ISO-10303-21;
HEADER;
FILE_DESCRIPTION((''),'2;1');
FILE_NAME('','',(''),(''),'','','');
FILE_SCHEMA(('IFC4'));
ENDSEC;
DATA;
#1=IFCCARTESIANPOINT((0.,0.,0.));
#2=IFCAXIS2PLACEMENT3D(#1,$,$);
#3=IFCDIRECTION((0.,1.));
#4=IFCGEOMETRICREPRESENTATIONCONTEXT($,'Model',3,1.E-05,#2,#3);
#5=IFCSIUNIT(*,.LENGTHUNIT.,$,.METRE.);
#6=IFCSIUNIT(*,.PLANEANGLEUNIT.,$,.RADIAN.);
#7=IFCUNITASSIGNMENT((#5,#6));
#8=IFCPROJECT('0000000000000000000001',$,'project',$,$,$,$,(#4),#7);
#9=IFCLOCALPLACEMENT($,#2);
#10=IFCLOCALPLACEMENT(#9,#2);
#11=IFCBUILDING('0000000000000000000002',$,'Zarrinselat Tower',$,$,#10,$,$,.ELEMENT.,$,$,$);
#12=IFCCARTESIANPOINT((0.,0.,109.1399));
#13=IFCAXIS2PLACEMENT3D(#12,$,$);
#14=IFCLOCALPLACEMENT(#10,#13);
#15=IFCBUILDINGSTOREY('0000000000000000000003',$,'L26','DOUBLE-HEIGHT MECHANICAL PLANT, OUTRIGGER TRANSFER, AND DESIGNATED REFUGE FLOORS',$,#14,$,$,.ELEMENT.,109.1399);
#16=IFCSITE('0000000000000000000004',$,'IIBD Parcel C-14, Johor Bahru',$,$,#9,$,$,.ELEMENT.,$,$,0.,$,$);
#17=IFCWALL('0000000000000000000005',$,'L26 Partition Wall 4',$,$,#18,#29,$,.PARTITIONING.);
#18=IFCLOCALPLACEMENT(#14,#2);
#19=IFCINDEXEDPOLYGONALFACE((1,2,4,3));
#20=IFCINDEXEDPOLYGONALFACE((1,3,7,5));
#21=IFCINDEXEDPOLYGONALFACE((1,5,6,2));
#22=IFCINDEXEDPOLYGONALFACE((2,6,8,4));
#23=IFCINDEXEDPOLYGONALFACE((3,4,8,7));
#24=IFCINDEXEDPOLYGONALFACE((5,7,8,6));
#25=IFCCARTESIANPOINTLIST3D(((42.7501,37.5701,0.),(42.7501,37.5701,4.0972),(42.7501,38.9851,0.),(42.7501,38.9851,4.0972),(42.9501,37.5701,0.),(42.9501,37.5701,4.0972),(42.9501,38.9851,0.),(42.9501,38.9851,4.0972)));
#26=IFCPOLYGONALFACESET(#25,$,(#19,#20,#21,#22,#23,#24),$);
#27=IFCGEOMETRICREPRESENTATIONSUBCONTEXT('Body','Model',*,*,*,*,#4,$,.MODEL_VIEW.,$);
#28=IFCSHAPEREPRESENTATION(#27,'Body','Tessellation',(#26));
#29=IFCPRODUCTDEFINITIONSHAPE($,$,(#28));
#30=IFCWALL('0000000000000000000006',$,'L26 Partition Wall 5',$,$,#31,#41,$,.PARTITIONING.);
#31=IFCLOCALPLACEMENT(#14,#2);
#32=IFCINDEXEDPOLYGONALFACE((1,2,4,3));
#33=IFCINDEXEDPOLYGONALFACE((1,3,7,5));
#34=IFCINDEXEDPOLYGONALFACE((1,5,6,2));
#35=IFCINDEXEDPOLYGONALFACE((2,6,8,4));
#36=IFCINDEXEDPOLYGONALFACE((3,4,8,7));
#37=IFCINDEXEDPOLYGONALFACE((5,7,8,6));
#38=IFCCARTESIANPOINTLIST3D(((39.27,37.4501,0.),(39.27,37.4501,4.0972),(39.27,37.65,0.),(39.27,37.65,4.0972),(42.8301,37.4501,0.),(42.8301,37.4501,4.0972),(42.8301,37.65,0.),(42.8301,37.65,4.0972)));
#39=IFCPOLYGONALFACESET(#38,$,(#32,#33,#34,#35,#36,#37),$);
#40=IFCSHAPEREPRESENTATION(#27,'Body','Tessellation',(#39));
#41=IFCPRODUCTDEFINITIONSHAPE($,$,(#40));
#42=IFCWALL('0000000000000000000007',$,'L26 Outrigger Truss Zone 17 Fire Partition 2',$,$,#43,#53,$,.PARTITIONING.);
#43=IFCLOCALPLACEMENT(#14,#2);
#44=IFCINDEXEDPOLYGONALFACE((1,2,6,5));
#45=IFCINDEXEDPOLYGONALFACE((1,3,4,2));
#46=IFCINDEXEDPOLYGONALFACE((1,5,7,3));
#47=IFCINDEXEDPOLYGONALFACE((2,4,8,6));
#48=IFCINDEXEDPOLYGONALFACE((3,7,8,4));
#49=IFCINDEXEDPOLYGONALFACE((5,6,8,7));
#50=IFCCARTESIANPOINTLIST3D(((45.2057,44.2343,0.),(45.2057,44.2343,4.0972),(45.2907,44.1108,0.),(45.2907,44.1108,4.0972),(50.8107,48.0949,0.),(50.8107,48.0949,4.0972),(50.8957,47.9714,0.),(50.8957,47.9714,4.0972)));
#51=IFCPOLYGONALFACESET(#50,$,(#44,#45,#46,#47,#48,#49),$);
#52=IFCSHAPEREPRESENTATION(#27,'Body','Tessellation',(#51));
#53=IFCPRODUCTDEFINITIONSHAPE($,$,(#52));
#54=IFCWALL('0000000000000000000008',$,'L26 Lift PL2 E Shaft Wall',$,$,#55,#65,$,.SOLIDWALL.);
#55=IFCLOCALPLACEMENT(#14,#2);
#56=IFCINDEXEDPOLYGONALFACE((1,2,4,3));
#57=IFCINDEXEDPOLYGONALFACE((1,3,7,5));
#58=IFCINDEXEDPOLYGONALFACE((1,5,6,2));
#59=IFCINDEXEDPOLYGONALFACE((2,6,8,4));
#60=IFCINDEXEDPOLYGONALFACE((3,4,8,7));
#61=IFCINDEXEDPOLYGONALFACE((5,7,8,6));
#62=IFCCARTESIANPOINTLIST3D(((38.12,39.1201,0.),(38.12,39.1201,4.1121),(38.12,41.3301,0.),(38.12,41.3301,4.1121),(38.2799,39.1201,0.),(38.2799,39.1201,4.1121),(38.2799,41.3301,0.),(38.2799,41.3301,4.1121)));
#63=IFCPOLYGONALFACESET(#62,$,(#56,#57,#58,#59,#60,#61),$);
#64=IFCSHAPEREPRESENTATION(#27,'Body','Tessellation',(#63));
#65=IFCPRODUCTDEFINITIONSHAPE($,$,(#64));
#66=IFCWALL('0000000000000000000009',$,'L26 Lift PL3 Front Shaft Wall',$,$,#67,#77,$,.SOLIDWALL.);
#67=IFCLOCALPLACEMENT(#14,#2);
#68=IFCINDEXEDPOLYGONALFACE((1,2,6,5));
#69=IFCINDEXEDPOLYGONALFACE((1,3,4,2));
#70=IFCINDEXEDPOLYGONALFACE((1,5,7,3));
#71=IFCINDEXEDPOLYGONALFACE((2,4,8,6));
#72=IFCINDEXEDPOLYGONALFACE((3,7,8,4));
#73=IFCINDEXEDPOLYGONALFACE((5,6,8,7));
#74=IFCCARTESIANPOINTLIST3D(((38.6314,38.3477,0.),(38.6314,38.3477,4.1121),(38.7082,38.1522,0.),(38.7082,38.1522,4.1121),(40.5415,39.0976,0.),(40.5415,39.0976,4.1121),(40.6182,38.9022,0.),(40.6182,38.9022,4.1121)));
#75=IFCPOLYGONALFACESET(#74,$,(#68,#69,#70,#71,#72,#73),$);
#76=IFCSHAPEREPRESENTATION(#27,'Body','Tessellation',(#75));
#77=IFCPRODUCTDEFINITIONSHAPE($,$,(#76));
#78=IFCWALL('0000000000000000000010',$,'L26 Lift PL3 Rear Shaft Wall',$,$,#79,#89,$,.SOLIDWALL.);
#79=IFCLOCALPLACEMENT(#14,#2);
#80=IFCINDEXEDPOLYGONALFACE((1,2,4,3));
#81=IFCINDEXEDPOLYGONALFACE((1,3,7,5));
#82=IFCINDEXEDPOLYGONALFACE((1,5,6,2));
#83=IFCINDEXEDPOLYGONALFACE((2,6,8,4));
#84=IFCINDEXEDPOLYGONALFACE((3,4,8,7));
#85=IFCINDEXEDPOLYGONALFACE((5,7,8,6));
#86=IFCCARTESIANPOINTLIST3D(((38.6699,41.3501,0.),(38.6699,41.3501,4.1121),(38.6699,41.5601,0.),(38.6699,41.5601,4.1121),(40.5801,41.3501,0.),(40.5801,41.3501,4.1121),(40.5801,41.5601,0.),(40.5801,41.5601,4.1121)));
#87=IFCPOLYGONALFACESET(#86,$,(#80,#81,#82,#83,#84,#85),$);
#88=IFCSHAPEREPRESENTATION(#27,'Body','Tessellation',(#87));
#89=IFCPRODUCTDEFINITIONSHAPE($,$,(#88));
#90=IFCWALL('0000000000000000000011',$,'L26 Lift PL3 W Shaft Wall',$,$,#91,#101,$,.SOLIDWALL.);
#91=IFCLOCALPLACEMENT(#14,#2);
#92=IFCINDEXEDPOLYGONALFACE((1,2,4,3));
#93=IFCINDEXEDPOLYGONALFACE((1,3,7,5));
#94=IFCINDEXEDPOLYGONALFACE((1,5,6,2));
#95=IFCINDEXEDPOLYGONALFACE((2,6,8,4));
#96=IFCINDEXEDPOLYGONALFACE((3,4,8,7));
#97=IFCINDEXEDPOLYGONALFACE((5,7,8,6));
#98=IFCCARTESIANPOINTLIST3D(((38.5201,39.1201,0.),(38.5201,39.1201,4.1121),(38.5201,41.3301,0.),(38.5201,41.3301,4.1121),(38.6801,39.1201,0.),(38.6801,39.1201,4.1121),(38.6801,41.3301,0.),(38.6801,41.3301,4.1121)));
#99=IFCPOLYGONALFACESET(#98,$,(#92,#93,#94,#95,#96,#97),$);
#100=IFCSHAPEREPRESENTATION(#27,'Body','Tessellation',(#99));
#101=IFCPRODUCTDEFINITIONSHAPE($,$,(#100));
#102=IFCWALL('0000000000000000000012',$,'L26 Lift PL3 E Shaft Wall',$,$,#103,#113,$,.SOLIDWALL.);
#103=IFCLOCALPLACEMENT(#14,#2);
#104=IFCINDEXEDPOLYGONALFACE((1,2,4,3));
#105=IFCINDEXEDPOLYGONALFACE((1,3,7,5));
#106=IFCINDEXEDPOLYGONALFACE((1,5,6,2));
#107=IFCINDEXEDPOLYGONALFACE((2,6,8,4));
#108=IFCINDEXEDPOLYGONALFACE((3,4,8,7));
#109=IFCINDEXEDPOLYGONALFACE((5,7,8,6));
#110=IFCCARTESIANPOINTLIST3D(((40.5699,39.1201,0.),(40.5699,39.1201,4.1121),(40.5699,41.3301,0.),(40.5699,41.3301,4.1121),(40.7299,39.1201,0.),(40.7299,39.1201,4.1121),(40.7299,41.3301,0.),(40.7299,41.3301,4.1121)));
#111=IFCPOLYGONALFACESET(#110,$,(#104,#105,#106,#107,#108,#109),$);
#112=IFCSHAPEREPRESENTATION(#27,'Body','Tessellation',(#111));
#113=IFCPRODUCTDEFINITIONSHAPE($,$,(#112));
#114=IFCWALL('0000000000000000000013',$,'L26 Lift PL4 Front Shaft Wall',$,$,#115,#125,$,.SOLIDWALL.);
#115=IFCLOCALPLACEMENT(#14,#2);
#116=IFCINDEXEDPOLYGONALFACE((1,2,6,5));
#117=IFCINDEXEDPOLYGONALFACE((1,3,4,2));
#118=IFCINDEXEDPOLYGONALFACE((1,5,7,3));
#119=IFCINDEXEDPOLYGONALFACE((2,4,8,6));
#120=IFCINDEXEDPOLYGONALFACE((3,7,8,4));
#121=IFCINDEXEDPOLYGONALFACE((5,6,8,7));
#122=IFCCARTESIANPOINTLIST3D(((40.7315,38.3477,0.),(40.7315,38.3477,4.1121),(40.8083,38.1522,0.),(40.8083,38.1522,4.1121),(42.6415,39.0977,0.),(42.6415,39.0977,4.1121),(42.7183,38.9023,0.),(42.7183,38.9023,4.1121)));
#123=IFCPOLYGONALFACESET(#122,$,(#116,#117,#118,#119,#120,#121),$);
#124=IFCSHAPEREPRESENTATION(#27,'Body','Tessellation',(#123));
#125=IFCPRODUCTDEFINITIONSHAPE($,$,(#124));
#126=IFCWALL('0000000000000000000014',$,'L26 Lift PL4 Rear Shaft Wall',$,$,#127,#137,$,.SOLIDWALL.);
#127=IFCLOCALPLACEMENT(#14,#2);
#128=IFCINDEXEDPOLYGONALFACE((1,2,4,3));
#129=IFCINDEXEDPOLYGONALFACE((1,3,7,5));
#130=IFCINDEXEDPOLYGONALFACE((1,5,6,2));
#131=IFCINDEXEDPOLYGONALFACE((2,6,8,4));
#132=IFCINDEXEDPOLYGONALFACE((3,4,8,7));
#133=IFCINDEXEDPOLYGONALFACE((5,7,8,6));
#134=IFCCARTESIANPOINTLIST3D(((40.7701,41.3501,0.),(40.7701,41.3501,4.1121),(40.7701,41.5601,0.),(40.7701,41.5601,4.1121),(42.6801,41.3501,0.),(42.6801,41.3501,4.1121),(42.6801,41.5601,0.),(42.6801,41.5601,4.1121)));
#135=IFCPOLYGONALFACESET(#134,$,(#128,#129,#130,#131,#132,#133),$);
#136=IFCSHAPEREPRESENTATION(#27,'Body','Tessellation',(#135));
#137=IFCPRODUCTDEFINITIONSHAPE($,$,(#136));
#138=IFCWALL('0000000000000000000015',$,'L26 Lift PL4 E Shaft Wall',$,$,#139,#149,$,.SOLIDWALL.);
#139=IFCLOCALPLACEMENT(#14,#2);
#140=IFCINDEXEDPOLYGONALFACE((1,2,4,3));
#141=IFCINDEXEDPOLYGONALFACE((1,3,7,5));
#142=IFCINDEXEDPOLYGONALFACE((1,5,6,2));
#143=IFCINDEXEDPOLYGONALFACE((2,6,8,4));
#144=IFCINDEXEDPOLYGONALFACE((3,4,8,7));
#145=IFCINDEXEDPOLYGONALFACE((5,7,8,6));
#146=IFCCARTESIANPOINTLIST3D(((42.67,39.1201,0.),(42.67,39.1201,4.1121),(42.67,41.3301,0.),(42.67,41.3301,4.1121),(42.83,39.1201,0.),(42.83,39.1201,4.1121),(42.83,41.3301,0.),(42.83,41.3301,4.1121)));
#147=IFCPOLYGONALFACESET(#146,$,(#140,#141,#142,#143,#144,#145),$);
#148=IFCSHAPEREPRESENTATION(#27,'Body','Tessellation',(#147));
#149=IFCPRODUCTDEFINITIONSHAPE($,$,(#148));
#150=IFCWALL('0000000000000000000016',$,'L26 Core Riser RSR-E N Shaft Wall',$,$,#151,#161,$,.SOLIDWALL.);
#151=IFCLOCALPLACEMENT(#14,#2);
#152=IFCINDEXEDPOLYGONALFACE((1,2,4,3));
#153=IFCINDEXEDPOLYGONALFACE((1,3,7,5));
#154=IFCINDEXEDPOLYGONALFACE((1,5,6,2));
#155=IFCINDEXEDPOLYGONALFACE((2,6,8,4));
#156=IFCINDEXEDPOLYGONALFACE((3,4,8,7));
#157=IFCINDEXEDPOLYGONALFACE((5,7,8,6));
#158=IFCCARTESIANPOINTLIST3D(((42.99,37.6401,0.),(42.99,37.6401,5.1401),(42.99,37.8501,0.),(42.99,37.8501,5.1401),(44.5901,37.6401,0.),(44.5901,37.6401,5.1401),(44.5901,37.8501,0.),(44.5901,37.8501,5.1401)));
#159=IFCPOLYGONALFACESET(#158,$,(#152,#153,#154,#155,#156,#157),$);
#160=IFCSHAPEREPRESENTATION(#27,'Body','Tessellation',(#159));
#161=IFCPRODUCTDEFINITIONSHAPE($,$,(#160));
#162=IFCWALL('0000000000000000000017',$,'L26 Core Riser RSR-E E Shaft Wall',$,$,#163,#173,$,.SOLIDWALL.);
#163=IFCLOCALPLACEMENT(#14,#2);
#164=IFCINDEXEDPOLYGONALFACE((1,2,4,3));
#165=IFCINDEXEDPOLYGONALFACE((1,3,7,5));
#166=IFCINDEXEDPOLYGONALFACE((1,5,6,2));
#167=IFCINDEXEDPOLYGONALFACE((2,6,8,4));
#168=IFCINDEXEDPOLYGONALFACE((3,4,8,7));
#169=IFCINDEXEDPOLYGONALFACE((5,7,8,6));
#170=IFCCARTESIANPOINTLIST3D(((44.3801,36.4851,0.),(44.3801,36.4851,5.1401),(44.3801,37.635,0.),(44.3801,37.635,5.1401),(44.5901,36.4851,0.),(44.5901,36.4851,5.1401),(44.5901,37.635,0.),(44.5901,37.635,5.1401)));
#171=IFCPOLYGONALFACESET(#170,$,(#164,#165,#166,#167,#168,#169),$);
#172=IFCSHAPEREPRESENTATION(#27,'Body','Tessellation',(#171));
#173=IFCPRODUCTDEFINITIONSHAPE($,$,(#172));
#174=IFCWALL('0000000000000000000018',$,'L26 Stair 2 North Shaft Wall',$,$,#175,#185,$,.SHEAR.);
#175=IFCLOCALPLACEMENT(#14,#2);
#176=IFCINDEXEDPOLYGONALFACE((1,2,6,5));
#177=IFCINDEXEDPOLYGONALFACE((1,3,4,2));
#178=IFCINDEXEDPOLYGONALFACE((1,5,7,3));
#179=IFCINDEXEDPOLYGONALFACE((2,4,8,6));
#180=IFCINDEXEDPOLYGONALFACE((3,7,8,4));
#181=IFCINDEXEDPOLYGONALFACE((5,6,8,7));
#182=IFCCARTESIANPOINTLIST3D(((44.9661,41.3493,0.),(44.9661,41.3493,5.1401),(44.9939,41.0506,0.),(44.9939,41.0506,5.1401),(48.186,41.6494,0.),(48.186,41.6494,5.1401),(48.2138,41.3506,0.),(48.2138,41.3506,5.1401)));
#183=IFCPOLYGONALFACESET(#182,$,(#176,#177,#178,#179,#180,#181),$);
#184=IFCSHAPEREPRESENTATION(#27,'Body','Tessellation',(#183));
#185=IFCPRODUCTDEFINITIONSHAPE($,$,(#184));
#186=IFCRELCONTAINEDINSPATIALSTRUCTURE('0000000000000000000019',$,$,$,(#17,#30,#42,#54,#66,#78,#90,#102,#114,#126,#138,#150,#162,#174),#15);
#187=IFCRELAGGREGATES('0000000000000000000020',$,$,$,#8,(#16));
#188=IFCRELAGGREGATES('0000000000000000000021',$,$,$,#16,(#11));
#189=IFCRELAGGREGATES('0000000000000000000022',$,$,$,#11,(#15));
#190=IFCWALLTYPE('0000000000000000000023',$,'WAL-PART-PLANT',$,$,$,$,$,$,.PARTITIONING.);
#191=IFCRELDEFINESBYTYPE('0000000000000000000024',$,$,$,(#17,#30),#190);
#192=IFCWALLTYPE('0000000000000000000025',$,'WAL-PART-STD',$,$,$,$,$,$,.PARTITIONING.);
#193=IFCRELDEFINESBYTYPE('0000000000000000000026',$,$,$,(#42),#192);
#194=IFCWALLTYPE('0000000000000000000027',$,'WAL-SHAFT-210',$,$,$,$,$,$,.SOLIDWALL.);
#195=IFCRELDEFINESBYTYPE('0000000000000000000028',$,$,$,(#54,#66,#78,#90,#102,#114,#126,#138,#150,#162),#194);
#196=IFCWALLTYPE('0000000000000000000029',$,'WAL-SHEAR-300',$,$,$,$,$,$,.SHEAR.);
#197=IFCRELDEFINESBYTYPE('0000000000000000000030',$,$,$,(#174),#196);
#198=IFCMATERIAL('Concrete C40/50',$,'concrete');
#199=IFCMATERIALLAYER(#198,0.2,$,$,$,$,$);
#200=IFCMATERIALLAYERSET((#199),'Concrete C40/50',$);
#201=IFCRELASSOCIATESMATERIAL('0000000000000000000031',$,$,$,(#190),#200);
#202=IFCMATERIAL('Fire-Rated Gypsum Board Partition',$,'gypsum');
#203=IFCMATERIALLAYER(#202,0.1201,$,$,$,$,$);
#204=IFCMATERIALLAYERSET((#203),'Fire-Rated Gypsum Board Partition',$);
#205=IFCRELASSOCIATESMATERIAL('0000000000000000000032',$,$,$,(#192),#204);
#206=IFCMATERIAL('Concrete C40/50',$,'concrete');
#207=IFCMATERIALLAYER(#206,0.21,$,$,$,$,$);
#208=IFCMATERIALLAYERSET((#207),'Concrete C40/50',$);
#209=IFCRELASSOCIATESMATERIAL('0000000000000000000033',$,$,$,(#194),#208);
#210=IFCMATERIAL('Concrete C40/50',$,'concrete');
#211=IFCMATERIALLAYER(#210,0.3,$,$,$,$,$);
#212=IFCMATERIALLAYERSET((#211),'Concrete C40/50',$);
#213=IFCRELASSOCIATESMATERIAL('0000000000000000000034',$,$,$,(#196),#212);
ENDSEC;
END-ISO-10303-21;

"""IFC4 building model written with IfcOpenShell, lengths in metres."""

from ifc_helpers import new_model, si_unit, direction, frame, frame_2d, origin, place, context, subcontext, project, spatial, rectangle, extrude, material, layer, layer_set, type_object, element, save


model = new_model("IFC4")

# Units and contexts
model_context = context("Model", 3, precision=1e-05, world=origin(), true_north=direction((0.0, 1.0)))
body_context = subcontext(model_context, "Body", "Model", "MODEL_VIEW")
ifc_project = project(units=[si_unit("LENGTHUNIT", "METRE"), si_unit("PLANEANGLEUNIT", "RADIAN")], contexts=[model_context])

# Site, building, storey
site_placement = place(None, origin())
site = spatial("IfcSite", under=ifc_project, at=site_placement, Name="IIBD Parcel C-14, Johor Bahru", CompositionType="ELEMENT", RefElevation=0.0)
building_placement = place(site_placement, origin())
building = spatial("IfcBuilding", under=site, at=building_placement, Name="Zarrinselat Tower", CompositionType="ELEMENT")
storey_placement = place(building_placement, frame((0.0, 0.0, 109.1399)))
storey = spatial("IfcBuildingStorey", under=building, at=storey_placement, Name="L26", Description="DOUBLE-HEIGHT MECHANICAL PLANT, OUTRIGGER TRANSFER, AND DESIGNATED REFUGE FLOORS", CompositionType="ELEMENT", Elevation=109.1399)

# Walls
ifc_material_1 = material(Name="Concrete C40/50", Category="concrete")
ifc_layer_1 = layer(ifc_material_1, 0.2)
ifc_layer_set_1 = layer_set([ifc_layer_1], Name="Concrete C40/50")
wall_type_1 = type_object("IfcWallType", Name="WAL-PART-PLANT", PredefinedType="PARTITIONING", material=ifc_layer_set_1)
wall_1_placement = place(storey_placement, frame((42.8501, 37.5701, 0.0), z_axis=(0.0, 0.0, 1.0), x_axis=(0.0, 1.0, 0.0)))
element("IfcWall", 1, at=wall_1_placement, inside=storey, type_object=wall_type_1, Name="L26 Partition Wall 4", PredefinedType="PARTITIONING", context=body_context, shape_type="SweptSolid", body=[
    extrude(rectangle(XDim=1.415, YDim=0.2, at=frame_2d((0.7075, 0.0))), origin(), (0.0, 0.0, 1.0), 4.0972),
])
wall_2_placement = place(storey_placement, frame((39.27, 37.55, 0.0), z_axis=(0.0, 0.0, 1.0), x_axis=(1.0, 0.0, 0.0)))
element("IfcWall", 2, at=wall_2_placement, inside=storey, type_object=wall_type_1, Name="L26 Partition Wall 5", PredefinedType="PARTITIONING", context=body_context, shape_type="SweptSolid", body=[
    extrude(rectangle(XDim=3.5601, YDim=0.2, at=frame_2d((1.78, 0.0))), origin(), (0.0, 0.0, 1.0), 4.0972),
])
ifc_material_2 = material(Name="Fire-Rated Gypsum Board Partition", Category="gypsum")
ifc_layer_2 = layer(ifc_material_2, 0.1201)
ifc_layer_set_2 = layer_set([ifc_layer_2], Name="Fire-Rated Gypsum Board Partition")
wall_type_2 = type_object("IfcWallType", Name="WAL-PART-STD", PredefinedType="PARTITIONING", material=ifc_layer_set_2)
wall_3_placement = place(storey_placement, frame((45.2483, 44.1726, 0.0), z_axis=(0.0, 0.0, 1.0), x_axis=(0.82355, 0.567244, 0.0)))
element("IfcWall", 3, at=wall_3_placement, inside=storey, type_object=wall_type_2, Name="L26 Outrigger Truss Zone 17 Fire Partition 2", PredefinedType="PARTITIONING", context=body_context, shape_type="SweptSolid", body=[
    extrude(rectangle(XDim=6.8059, YDim=0.1499, at=frame_2d((3.4028, 0.0))), origin(), (0.0, 0.0, 1.0), 4.0972),
])
ifc_material_3 = material(Name="Concrete C40/50", Category="concrete")
ifc_layer_3 = layer(ifc_material_3, 0.21)
ifc_layer_set_3 = layer_set([ifc_layer_3], Name="Concrete C40/50")
wall_type_3 = type_object("IfcWallType", Name="WAL-SHAFT-210", PredefinedType="SOLIDWALL", material=ifc_layer_set_3)
wall_4_placement = place(storey_placement, frame((38.2, 39.1201, 0.0), z_axis=(0.0, 0.0, 1.0), x_axis=(0.0, 1.0, 0.0)))
element("IfcWall", 4, at=wall_4_placement, inside=storey, type_object=wall_type_3, Name="L26 Lift PL2 E Shaft Wall", PredefinedType="SOLIDWALL", context=body_context, shape_type="SweptSolid", body=[
    extrude(rectangle(XDim=2.21, YDim=0.1599, at=frame_2d((1.105, 0.0))), origin(), (0.0, 0.0, 1.0), 4.1121),
])
wall_5_placement = place(storey_placement, frame((38.6699, 38.25, 0.0), z_axis=(0.0, 0.0, 1.0), x_axis=(0.930821, 0.365476, 0.0)))
element("IfcWall", 5, at=wall_5_placement, inside=storey, type_object=wall_type_3, Name="L26 Lift PL3 Front Shaft Wall", PredefinedType="SOLIDWALL", context=body_context, shape_type="SweptSolid", body=[
    extrude(rectangle(XDim=2.052, YDim=0.21, at=frame_2d((1.0259, 0.0))), origin(), (0.0, 0.0, 1.0), 4.1121),
])
wall_6_placement = place(storey_placement, frame((38.6699, 41.4551, 0.0), z_axis=(0.0, 0.0, 1.0), x_axis=(1.0, 0.0, 0.0)))
element("IfcWall", 6, at=wall_6_placement, inside=storey, type_object=wall_type_3, Name="L26 Lift PL3 Rear Shaft Wall", PredefinedType="SOLIDWALL", context=body_context, shape_type="SweptSolid", body=[
    extrude(rectangle(XDim=1.9102, YDim=0.21, at=frame_2d((0.9551, 0.0))), origin(), (0.0, 0.0, 1.0), 4.1121),
])
for number, where, z_axis, x_axis, name in (
    (7, (38.6001, 39.1201, 0.0), (0.0, 0.0, 1.0), (0.0, 1.0, 0.0), "L26 Lift PL3 W Shaft Wall"),
    (8, (40.6499, 39.1201, 0.0), (0.0, 0.0, 1.0), (0.0, 1.0, 0.0), "L26 Lift PL3 E Shaft Wall"),
):
    element("IfcWall", number, at=place(storey_placement, frame(where, z_axis=z_axis, x_axis=x_axis)), inside=storey, type_object=wall_type_3, Name=name, PredefinedType="SOLIDWALL", context=body_context, shape_type="SweptSolid", body=[
        extrude(rectangle(XDim=2.21, YDim=0.1599, at=frame_2d((1.105, 0.0))), origin(), (0.0, 0.0, 1.0), 4.1121),
    ])
wall_7_placement = place(storey_placement, frame((40.77, 38.25, 0.0), z_axis=(0.0, 0.0, 1.0), x_axis=(0.930805, 0.365516, 0.0)))
element("IfcWall", 9, at=wall_7_placement, inside=storey, type_object=wall_type_3, Name="L26 Lift PL4 Front Shaft Wall", PredefinedType="SOLIDWALL", context=body_context, shape_type="SweptSolid", body=[
    extrude(rectangle(XDim=2.052, YDim=0.21, at=frame_2d((1.0259, 0.0))), origin(), (0.0, 0.0, 1.0), 4.1121),
])
wall_8_placement = place(storey_placement, frame((40.77, 41.4551, 0.0), z_axis=(0.0, 0.0, 1.0), x_axis=(1.0, 0.0, 0.0)))
element("IfcWall", 10, at=wall_8_placement, inside=storey, type_object=wall_type_3, Name="L26 Lift PL4 Rear Shaft Wall", PredefinedType="SOLIDWALL", context=body_context, shape_type="SweptSolid", body=[
    extrude(rectangle(XDim=1.9099, YDim=0.21, at=frame_2d((0.9551, 0.0))), origin(), (0.0, 0.0, 1.0), 4.1121),
])
wall_9_placement = place(storey_placement, frame((42.75, 39.1201, 0.0), z_axis=(0.0, 0.0, 1.0), x_axis=(0.0, 1.0, 0.0)))
element("IfcWall", 11, at=wall_9_placement, inside=storey, type_object=wall_type_3, Name="L26 Lift PL4 E Shaft Wall", PredefinedType="SOLIDWALL", context=body_context, shape_type="SweptSolid", body=[
    extrude(rectangle(XDim=2.21, YDim=0.1599, at=frame_2d((1.105, 0.0))), origin(), (0.0, 0.0, 1.0), 4.1121),
])
wall_10_placement = place(storey_placement, frame((42.99, 37.7451, 0.0), z_axis=(0.0, 0.0, 1.0), x_axis=(1.0, 0.0, 0.0)))
element("IfcWall", 12, at=wall_10_placement, inside=storey, type_object=wall_type_3, Name="L26 Core Riser RSR-E N Shaft Wall", PredefinedType="SOLIDWALL", context=body_context, shape_type="SweptSolid", body=[
    extrude(rectangle(XDim=1.6001, YDim=0.21, at=frame_2d((0.8, 0.0))), origin(), (0.0, 0.0, 1.0), 5.1401),
])
wall_11_placement = place(storey_placement, frame((44.4851, 36.4851, 0.0), z_axis=(0.0, 0.0, 1.0), x_axis=(0.0, 1.0, 0.0)))
element("IfcWall", 13, at=wall_11_placement, inside=storey, type_object=wall_type_3, Name="L26 Core Riser RSR-E E Shaft Wall", PredefinedType="SOLIDWALL", context=body_context, shape_type="SweptSolid", body=[
    extrude(rectangle(XDim=1.1499, YDim=0.21, at=frame_2d((0.575, 0.0))), origin(), (0.0, 0.0, 1.0), 5.1401),
])
ifc_material_4 = material(Name="Concrete C40/50", Category="concrete")
ifc_layer_4 = layer(ifc_material_4, 0.3)
ifc_layer_set_4 = layer_set([ifc_layer_4], Name="Concrete C40/50")
wall_type_4 = type_object("IfcWallType", Name="WAL-SHEAR-300", PredefinedType="SHEAR", material=ifc_layer_set_4)
wall_12_placement = place(storey_placement, frame((44.98, 41.2, 0.0), z_axis=(0.0, 0.0, 1.0), x_axis=(0.995686, 0.092782, 0.0)))
element("IfcWall", 14, at=wall_12_placement, inside=storey, type_object=wall_type_4, Name="L26 Stair 2 North Shaft Wall", PredefinedType="SHEAR", context=body_context, shape_type="SweptSolid", body=[
    extrude(rectangle(XDim=3.2339, YDim=0.3, at=frame_2d((1.6169, 0.0))), origin(), (0.0, 0.0, 1.0), 5.1401),
])

save(model, "model.ifc")
